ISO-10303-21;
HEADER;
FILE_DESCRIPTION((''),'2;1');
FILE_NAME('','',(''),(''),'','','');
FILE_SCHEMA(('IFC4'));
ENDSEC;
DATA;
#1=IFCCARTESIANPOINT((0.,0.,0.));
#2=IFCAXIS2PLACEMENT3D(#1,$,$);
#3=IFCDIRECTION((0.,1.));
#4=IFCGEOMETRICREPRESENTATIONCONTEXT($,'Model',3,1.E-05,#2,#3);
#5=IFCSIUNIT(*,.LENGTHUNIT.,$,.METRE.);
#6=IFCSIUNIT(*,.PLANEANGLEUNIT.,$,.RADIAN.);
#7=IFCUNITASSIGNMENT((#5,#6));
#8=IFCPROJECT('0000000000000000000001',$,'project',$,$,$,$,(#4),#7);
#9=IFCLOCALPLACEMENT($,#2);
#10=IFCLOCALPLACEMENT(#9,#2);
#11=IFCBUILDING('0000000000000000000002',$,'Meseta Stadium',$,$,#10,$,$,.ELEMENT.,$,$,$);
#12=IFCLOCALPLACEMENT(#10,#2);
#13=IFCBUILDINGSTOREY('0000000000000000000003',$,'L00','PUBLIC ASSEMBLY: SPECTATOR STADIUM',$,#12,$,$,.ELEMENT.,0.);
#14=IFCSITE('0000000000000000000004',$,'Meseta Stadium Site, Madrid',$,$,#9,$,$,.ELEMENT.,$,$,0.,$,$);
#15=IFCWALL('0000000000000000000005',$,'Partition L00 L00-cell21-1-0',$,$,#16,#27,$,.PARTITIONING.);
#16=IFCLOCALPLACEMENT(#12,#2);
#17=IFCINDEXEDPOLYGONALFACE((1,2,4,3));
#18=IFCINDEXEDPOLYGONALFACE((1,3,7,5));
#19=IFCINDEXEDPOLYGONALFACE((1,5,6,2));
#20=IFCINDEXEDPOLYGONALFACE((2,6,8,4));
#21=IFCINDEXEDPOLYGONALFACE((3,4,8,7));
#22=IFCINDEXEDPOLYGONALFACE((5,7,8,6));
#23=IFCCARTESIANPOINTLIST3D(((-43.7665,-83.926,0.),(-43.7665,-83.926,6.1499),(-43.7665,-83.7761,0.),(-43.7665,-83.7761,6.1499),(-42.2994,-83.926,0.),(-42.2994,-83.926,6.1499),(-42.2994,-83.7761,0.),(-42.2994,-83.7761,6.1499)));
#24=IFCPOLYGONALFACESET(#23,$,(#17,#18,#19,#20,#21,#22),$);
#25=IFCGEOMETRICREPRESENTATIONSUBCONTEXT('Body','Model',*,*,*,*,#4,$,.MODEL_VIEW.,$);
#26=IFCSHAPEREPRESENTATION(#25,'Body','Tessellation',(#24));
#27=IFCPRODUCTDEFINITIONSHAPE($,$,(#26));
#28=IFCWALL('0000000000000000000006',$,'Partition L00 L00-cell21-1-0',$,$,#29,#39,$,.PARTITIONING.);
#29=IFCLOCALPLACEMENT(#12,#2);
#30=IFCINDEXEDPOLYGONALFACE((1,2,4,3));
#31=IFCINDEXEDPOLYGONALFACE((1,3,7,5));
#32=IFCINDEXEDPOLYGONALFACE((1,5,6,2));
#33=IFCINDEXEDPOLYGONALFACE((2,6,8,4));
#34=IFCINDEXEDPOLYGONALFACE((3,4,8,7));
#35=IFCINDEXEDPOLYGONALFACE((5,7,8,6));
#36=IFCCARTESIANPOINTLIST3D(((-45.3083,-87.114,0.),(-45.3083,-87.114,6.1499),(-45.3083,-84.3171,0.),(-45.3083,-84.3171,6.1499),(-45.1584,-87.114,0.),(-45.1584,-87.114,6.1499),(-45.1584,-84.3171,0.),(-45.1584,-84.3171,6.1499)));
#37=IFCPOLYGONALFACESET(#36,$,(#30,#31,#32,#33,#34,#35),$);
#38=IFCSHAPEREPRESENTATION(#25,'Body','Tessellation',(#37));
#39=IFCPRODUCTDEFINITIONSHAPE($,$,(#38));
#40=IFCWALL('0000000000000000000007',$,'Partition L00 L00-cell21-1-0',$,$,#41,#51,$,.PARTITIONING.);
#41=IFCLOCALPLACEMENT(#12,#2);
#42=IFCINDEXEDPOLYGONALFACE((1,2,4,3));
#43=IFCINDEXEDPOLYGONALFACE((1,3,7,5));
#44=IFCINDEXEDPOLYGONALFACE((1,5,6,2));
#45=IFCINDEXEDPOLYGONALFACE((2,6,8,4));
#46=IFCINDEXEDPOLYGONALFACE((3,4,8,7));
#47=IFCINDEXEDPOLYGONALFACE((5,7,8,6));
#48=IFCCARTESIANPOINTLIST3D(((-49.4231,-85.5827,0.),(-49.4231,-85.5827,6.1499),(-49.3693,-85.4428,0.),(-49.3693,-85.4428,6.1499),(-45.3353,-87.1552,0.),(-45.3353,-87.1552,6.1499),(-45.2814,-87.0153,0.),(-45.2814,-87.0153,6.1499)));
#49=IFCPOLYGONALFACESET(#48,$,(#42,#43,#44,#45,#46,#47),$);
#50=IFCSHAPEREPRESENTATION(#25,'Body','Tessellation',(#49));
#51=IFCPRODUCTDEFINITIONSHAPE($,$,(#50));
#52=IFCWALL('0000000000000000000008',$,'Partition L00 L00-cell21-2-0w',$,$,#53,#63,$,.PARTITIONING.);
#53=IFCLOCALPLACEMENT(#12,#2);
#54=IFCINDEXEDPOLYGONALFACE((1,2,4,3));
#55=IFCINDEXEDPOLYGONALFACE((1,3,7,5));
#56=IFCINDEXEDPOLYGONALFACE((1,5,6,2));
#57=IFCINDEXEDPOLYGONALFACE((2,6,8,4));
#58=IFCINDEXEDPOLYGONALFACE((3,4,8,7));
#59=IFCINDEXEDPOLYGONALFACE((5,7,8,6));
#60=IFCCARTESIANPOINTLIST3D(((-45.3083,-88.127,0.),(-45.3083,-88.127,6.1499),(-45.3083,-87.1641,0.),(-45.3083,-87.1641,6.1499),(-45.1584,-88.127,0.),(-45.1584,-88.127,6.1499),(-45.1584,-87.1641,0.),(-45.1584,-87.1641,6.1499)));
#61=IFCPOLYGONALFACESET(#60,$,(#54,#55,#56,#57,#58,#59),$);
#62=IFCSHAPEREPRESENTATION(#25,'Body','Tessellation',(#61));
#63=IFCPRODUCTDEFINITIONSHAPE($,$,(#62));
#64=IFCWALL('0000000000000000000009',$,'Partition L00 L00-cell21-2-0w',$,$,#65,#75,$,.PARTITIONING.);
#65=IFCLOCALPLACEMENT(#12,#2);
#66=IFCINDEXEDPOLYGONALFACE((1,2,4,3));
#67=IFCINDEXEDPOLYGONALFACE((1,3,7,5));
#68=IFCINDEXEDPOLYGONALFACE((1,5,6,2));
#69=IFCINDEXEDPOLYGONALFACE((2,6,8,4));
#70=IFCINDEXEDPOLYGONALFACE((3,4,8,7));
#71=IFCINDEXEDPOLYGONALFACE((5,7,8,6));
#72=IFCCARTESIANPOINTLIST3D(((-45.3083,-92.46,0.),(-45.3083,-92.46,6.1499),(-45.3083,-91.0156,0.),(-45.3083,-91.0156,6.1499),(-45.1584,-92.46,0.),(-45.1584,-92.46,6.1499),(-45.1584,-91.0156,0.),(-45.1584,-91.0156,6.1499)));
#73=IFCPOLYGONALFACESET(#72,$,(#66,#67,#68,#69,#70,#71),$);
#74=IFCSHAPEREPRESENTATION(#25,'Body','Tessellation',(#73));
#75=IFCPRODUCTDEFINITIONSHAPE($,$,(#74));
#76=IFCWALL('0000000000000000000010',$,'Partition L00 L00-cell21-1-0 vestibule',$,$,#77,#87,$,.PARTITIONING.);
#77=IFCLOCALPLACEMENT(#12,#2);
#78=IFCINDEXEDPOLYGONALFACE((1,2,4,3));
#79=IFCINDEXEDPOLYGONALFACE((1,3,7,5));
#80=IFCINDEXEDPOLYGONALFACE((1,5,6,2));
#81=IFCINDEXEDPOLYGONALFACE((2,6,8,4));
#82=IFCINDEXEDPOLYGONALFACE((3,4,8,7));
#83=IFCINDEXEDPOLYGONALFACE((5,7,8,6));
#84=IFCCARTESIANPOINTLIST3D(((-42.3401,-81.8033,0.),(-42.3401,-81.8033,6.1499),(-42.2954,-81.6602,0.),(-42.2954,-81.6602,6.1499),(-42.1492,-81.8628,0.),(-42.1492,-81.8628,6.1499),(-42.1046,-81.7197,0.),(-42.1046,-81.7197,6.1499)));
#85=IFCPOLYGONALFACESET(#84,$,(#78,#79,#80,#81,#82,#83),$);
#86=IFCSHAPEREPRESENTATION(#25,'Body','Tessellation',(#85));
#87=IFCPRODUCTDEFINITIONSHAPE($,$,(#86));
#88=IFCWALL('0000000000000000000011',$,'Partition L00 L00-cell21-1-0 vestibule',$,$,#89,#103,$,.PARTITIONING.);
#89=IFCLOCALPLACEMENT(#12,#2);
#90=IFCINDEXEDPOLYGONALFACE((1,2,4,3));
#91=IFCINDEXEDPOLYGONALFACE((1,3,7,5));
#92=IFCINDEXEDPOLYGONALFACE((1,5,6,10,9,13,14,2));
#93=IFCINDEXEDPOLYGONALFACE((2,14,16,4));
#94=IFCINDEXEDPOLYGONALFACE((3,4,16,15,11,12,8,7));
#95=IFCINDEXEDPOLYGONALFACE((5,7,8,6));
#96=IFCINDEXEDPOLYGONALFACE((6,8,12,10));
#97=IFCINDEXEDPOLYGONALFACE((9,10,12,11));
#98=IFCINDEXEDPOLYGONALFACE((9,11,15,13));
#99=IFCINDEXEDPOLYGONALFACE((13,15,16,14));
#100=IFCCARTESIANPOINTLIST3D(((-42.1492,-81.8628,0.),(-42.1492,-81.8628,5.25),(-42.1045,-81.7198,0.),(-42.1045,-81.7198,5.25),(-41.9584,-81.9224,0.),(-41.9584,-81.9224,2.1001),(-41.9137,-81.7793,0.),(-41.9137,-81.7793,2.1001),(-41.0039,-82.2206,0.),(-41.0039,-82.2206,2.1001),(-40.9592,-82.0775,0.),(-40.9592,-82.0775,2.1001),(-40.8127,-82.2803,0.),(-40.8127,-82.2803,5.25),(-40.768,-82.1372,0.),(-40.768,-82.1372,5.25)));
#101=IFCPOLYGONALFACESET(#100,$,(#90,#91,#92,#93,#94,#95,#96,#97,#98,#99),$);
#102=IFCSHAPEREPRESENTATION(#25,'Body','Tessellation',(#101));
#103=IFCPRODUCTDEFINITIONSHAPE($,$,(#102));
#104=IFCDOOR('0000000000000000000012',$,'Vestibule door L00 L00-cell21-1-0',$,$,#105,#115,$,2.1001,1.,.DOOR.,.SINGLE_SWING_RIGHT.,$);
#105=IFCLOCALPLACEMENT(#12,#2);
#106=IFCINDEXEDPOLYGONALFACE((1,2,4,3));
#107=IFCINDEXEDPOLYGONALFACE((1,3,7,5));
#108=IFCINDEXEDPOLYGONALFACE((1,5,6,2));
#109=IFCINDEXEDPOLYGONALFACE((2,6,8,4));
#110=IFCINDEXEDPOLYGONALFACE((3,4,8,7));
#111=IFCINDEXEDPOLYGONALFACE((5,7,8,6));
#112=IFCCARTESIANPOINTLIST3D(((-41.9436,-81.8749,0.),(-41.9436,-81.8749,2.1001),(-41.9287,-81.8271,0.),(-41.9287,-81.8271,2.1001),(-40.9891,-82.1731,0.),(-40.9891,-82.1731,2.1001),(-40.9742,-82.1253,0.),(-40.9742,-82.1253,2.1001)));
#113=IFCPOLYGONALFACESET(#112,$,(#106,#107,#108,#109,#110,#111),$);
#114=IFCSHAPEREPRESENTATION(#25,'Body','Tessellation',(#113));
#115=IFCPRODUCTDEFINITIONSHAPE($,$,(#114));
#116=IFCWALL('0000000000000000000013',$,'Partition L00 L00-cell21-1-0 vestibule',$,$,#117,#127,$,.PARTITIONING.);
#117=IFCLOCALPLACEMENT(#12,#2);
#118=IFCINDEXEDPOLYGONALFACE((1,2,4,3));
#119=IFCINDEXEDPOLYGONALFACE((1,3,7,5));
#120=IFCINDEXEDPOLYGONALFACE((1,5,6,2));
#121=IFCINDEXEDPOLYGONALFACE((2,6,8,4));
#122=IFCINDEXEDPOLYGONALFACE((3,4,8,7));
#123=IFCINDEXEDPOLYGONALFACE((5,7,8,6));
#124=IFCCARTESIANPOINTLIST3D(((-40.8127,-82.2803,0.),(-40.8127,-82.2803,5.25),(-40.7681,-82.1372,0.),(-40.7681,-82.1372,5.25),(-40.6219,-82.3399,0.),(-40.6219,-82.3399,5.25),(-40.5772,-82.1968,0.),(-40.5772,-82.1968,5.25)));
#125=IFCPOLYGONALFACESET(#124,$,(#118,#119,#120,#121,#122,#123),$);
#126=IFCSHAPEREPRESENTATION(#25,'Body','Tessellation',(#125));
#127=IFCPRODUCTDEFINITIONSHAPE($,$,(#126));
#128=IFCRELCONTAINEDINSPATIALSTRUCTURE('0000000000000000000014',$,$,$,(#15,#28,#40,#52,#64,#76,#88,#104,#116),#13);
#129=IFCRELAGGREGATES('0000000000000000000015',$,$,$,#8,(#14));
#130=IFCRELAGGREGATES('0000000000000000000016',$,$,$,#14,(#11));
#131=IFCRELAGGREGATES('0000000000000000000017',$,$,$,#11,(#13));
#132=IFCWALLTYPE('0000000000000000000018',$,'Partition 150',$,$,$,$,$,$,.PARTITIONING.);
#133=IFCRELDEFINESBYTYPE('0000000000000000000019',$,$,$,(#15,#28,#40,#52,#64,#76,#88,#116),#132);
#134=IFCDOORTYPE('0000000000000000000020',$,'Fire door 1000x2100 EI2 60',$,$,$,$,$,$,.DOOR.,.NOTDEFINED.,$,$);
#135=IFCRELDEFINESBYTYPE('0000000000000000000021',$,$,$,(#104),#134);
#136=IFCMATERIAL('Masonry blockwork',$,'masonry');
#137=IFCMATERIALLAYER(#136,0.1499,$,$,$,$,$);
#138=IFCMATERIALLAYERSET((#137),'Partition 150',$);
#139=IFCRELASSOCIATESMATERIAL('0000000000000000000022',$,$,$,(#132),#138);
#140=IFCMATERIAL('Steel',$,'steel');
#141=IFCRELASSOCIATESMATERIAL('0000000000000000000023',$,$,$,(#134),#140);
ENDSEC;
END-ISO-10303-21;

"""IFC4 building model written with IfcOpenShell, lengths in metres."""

from ifc_helpers import new_model, si_unit, direction, frame, frame_2d, origin, place, context, subcontext, project, spatial, rectangle, extrude, material, layer, layer_set, type_object, element, fill, save


model = new_model("IFC4")

# Units and contexts
model_context = context("Model", 3, precision=1e-05, world=origin(), true_north=direction((0.0, 1.0)))
body_context = subcontext(model_context, "Body", "Model", "MODEL_VIEW")
ifc_project = project(units=[si_unit("LENGTHUNIT", "METRE"), si_unit("PLANEANGLEUNIT", "RADIAN")], contexts=[model_context])

# Site, building, storey
site_placement = place(None, origin())
site = spatial("IfcSite", under=ifc_project, at=site_placement, Name="Meseta Stadium Site, Madrid", CompositionType="ELEMENT", RefElevation=0.0)
building_placement = place(site_placement, origin())
building = spatial("IfcBuilding", under=site, at=building_placement, Name="Meseta Stadium", CompositionType="ELEMENT")
storey_placement = place(building_placement, origin())
storey = spatial("IfcBuildingStorey", under=building, at=storey_placement, Name="L00", Description="PUBLIC ASSEMBLY: SPECTATOR STADIUM", CompositionType="ELEMENT", Elevation=0.0)

# Walls
ifc_material_1 = material(Name="Masonry blockwork", Category="masonry")
ifc_layer_1 = layer(ifc_material_1, 0.1499)
ifc_layer_set_1 = layer_set([ifc_layer_1], Name="Partition 150")
wall_type_1 = type_object("IfcWallType", Name="Partition 150", PredefinedType="PARTITIONING", material=ifc_layer_set_1)
wall_1_placement = place(storey_placement, frame((-42.2996, -83.8511, 0.0), z_axis=(0.0, 0.0, 1.0), x_axis=(-1.0, 0.0, 0.0)))
element("IfcWall", 1, at=wall_1_placement, inside=storey, type_object=wall_type_1, Name="Partition L00 L00-cell21-1-0", PredefinedType="PARTITIONING", context=body_context, shape_type="SweptSolid", body=[
    extrude(rectangle(XDim=1.467, YDim=0.1499, at=frame_2d((0.7334, 0.0))), origin(), (0.0, 0.0, 1.0), 6.1499),
])
wall_2_placement = place(storey_placement, frame((-45.2334, -84.3171, 0.0), z_axis=(0.0, 0.0, 1.0), x_axis=(0.0, -1.0, 0.0)))
element("IfcWall", 2, at=wall_2_placement, inside=storey, type_object=wall_type_1, Name="Partition L00 L00-cell21-1-0", PredefinedType="PARTITIONING", context=body_context, shape_type="SweptSolid", body=[
    extrude(rectangle(XDim=2.7969, YDim=0.1499, at=frame_2d((1.3984, 0.0))), origin(), (0.0, 0.0, 1.0), 6.1499),
])
wall_3_placement = place(storey_placement, frame((-45.3083, -87.0852, 0.0), z_axis=(0.0, 0.0, 1.0), x_axis=(-0.933327, 0.359028, 0.0)))
element("IfcWall", 3, at=wall_3_placement, inside=storey, type_object=wall_type_1, Name="Partition L00 L00-cell21-1-0", PredefinedType="PARTITIONING", context=body_context, shape_type="SweptSolid", body=[
    extrude(rectangle(XDim=4.3799, YDim=0.1499, at=frame_2d((2.1899, 0.0))), origin(), (0.0, 0.0, 1.0), 6.1499),
])
wall_4_placement = place(storey_placement, frame((-45.2334, -87.1641, 0.0), z_axis=(0.0, 0.0, 1.0), x_axis=(0.0, -1.0, 0.0)))
element("IfcWall", 4, at=wall_4_placement, inside=storey, type_object=wall_type_1, Name="Partition L00 L00-cell21-2-0w", PredefinedType="PARTITIONING", context=body_context, shape_type="SweptSolid", body=[
    extrude(rectangle(XDim=0.9629, YDim=0.1499, at=frame_2d((0.4814, 0.0))), origin(), (0.0, 0.0, 1.0), 6.1499),
])
wall_5_placement = place(storey_placement, frame((-45.2334, -91.0156, 0.0), z_axis=(0.0, 0.0, 1.0), x_axis=(0.0, -1.0, 0.0)))
element("IfcWall", 5, at=wall_5_placement, inside=storey, type_object=wall_type_1, Name="Partition L00 L00-cell21-2-0w", PredefinedType="PARTITIONING", context=body_context, shape_type="SweptSolid", body=[
    extrude(rectangle(XDim=1.4443, YDim=0.1499, at=frame_2d((0.7222, 0.0))), origin(), (0.0, 0.0, 1.0), 6.1499),
])
wall_6_placement = place(storey_placement, frame((-42.3179, -81.7317, 0.0), z_axis=(0.0, 0.0, 1.0), x_axis=(0.95461, -0.297858, 0.0)))
element("IfcWall", 6, at=wall_6_placement, inside=storey, type_object=wall_type_1, Name="Partition L00 L00-cell21-1-0 vestibule", PredefinedType="PARTITIONING", context=body_context, shape_type="SweptSolid", body=[
    extrude(rectangle(XDim=0.2, YDim=0.1499, at=frame_2d((0.1001, 0.0))), origin(), (0.0, 0.0, 1.0), 6.1499),
])

# Wall, opening, door
wall_7_placement = place(storey_placement, frame((-42.127, -81.7913, 0.0), z_axis=(0.0, 0.0, 1.0), x_axis=(0.954511, -0.298176, 0.0)))
wall_7 = element("IfcWall", 7, at=wall_7_placement, inside=storey, type_object=wall_type_1, Name="Partition L00 L00-cell21-1-0 vestibule", PredefinedType="PARTITIONING", context=body_context, shape_type="SweptSolid", body=[
    extrude(rectangle(XDim=1.4001, YDim=0.1499, at=frame_2d((0.7002, 0.0))), origin(), (0.0, 0.0, 1.0), 5.25),
])
opening_1_placement = place(wall_7_placement, frame((0.2, 0.0, 0.0)))
opening_1 = element("IfcOpeningElement", 8, at=opening_1_placement, cuts=wall_7, PredefinedType="OPENING", context=body_context, shape_type="SweptSolid", body=[
    extrude(rectangle(XDim=1.0, YDim=2.1001, at=frame_2d((0.5, 1.05))), frame((0.0, 0.085, 0.0), z_axis=(0.0, -1.0, 0.0), x_axis=(1.0, 0.0, 0.0)), (0.0, 0.0, 1.0), 0.1699),
])
ifc_material_2 = material(Name="Steel", Category="steel")
door_type_1 = type_object("IfcDoorType", Name="Fire door 1000x2100 EI2 60", OperationType="NOTDEFINED", PredefinedType="DOOR", material=ifc_material_2)
door_1_placement = place(opening_1_placement, origin())
door_1 = element("IfcDoor", 9, at=door_1_placement, inside=storey, type_object=door_type_1, Name="Vestibule door L00 L00-cell21-1-0", OperationType="SINGLE_SWING_RIGHT", OverallHeight=2.1001, OverallWidth=1.0, PredefinedType="DOOR", context=body_context, shape_type="SweptSolid", body=[
    extrude(rectangle(XDim=1.0, YDim=2.1001, at=frame_2d((0.5, 1.05))), frame((0.0, 0.0249, 0.0), z_axis=(0.0, -1.0, 0.0), x_axis=(1.0, 0.0, 0.0)), (0.0, 0.0, 1.0), 0.05),
])
fill(opening_1, door_1)

# Wall
wall_8_placement = place(storey_placement, frame((-40.7905, -82.2087, 0.0), z_axis=(0.0, 0.0, 1.0), x_axis=(0.95461, -0.297858, 0.0)))
element("IfcWall", 10, at=wall_8_placement, inside=storey, type_object=wall_type_1, Name="Partition L00 L00-cell21-1-0 vestibule", PredefinedType="PARTITIONING", context=body_context, shape_type="SweptSolid", body=[
    extrude(rectangle(XDim=0.2, YDim=0.1499, at=frame_2d((0.1001, 0.0))), origin(), (0.0, 0.0, 1.0), 5.25),
])

save(model, "model.ifc")
